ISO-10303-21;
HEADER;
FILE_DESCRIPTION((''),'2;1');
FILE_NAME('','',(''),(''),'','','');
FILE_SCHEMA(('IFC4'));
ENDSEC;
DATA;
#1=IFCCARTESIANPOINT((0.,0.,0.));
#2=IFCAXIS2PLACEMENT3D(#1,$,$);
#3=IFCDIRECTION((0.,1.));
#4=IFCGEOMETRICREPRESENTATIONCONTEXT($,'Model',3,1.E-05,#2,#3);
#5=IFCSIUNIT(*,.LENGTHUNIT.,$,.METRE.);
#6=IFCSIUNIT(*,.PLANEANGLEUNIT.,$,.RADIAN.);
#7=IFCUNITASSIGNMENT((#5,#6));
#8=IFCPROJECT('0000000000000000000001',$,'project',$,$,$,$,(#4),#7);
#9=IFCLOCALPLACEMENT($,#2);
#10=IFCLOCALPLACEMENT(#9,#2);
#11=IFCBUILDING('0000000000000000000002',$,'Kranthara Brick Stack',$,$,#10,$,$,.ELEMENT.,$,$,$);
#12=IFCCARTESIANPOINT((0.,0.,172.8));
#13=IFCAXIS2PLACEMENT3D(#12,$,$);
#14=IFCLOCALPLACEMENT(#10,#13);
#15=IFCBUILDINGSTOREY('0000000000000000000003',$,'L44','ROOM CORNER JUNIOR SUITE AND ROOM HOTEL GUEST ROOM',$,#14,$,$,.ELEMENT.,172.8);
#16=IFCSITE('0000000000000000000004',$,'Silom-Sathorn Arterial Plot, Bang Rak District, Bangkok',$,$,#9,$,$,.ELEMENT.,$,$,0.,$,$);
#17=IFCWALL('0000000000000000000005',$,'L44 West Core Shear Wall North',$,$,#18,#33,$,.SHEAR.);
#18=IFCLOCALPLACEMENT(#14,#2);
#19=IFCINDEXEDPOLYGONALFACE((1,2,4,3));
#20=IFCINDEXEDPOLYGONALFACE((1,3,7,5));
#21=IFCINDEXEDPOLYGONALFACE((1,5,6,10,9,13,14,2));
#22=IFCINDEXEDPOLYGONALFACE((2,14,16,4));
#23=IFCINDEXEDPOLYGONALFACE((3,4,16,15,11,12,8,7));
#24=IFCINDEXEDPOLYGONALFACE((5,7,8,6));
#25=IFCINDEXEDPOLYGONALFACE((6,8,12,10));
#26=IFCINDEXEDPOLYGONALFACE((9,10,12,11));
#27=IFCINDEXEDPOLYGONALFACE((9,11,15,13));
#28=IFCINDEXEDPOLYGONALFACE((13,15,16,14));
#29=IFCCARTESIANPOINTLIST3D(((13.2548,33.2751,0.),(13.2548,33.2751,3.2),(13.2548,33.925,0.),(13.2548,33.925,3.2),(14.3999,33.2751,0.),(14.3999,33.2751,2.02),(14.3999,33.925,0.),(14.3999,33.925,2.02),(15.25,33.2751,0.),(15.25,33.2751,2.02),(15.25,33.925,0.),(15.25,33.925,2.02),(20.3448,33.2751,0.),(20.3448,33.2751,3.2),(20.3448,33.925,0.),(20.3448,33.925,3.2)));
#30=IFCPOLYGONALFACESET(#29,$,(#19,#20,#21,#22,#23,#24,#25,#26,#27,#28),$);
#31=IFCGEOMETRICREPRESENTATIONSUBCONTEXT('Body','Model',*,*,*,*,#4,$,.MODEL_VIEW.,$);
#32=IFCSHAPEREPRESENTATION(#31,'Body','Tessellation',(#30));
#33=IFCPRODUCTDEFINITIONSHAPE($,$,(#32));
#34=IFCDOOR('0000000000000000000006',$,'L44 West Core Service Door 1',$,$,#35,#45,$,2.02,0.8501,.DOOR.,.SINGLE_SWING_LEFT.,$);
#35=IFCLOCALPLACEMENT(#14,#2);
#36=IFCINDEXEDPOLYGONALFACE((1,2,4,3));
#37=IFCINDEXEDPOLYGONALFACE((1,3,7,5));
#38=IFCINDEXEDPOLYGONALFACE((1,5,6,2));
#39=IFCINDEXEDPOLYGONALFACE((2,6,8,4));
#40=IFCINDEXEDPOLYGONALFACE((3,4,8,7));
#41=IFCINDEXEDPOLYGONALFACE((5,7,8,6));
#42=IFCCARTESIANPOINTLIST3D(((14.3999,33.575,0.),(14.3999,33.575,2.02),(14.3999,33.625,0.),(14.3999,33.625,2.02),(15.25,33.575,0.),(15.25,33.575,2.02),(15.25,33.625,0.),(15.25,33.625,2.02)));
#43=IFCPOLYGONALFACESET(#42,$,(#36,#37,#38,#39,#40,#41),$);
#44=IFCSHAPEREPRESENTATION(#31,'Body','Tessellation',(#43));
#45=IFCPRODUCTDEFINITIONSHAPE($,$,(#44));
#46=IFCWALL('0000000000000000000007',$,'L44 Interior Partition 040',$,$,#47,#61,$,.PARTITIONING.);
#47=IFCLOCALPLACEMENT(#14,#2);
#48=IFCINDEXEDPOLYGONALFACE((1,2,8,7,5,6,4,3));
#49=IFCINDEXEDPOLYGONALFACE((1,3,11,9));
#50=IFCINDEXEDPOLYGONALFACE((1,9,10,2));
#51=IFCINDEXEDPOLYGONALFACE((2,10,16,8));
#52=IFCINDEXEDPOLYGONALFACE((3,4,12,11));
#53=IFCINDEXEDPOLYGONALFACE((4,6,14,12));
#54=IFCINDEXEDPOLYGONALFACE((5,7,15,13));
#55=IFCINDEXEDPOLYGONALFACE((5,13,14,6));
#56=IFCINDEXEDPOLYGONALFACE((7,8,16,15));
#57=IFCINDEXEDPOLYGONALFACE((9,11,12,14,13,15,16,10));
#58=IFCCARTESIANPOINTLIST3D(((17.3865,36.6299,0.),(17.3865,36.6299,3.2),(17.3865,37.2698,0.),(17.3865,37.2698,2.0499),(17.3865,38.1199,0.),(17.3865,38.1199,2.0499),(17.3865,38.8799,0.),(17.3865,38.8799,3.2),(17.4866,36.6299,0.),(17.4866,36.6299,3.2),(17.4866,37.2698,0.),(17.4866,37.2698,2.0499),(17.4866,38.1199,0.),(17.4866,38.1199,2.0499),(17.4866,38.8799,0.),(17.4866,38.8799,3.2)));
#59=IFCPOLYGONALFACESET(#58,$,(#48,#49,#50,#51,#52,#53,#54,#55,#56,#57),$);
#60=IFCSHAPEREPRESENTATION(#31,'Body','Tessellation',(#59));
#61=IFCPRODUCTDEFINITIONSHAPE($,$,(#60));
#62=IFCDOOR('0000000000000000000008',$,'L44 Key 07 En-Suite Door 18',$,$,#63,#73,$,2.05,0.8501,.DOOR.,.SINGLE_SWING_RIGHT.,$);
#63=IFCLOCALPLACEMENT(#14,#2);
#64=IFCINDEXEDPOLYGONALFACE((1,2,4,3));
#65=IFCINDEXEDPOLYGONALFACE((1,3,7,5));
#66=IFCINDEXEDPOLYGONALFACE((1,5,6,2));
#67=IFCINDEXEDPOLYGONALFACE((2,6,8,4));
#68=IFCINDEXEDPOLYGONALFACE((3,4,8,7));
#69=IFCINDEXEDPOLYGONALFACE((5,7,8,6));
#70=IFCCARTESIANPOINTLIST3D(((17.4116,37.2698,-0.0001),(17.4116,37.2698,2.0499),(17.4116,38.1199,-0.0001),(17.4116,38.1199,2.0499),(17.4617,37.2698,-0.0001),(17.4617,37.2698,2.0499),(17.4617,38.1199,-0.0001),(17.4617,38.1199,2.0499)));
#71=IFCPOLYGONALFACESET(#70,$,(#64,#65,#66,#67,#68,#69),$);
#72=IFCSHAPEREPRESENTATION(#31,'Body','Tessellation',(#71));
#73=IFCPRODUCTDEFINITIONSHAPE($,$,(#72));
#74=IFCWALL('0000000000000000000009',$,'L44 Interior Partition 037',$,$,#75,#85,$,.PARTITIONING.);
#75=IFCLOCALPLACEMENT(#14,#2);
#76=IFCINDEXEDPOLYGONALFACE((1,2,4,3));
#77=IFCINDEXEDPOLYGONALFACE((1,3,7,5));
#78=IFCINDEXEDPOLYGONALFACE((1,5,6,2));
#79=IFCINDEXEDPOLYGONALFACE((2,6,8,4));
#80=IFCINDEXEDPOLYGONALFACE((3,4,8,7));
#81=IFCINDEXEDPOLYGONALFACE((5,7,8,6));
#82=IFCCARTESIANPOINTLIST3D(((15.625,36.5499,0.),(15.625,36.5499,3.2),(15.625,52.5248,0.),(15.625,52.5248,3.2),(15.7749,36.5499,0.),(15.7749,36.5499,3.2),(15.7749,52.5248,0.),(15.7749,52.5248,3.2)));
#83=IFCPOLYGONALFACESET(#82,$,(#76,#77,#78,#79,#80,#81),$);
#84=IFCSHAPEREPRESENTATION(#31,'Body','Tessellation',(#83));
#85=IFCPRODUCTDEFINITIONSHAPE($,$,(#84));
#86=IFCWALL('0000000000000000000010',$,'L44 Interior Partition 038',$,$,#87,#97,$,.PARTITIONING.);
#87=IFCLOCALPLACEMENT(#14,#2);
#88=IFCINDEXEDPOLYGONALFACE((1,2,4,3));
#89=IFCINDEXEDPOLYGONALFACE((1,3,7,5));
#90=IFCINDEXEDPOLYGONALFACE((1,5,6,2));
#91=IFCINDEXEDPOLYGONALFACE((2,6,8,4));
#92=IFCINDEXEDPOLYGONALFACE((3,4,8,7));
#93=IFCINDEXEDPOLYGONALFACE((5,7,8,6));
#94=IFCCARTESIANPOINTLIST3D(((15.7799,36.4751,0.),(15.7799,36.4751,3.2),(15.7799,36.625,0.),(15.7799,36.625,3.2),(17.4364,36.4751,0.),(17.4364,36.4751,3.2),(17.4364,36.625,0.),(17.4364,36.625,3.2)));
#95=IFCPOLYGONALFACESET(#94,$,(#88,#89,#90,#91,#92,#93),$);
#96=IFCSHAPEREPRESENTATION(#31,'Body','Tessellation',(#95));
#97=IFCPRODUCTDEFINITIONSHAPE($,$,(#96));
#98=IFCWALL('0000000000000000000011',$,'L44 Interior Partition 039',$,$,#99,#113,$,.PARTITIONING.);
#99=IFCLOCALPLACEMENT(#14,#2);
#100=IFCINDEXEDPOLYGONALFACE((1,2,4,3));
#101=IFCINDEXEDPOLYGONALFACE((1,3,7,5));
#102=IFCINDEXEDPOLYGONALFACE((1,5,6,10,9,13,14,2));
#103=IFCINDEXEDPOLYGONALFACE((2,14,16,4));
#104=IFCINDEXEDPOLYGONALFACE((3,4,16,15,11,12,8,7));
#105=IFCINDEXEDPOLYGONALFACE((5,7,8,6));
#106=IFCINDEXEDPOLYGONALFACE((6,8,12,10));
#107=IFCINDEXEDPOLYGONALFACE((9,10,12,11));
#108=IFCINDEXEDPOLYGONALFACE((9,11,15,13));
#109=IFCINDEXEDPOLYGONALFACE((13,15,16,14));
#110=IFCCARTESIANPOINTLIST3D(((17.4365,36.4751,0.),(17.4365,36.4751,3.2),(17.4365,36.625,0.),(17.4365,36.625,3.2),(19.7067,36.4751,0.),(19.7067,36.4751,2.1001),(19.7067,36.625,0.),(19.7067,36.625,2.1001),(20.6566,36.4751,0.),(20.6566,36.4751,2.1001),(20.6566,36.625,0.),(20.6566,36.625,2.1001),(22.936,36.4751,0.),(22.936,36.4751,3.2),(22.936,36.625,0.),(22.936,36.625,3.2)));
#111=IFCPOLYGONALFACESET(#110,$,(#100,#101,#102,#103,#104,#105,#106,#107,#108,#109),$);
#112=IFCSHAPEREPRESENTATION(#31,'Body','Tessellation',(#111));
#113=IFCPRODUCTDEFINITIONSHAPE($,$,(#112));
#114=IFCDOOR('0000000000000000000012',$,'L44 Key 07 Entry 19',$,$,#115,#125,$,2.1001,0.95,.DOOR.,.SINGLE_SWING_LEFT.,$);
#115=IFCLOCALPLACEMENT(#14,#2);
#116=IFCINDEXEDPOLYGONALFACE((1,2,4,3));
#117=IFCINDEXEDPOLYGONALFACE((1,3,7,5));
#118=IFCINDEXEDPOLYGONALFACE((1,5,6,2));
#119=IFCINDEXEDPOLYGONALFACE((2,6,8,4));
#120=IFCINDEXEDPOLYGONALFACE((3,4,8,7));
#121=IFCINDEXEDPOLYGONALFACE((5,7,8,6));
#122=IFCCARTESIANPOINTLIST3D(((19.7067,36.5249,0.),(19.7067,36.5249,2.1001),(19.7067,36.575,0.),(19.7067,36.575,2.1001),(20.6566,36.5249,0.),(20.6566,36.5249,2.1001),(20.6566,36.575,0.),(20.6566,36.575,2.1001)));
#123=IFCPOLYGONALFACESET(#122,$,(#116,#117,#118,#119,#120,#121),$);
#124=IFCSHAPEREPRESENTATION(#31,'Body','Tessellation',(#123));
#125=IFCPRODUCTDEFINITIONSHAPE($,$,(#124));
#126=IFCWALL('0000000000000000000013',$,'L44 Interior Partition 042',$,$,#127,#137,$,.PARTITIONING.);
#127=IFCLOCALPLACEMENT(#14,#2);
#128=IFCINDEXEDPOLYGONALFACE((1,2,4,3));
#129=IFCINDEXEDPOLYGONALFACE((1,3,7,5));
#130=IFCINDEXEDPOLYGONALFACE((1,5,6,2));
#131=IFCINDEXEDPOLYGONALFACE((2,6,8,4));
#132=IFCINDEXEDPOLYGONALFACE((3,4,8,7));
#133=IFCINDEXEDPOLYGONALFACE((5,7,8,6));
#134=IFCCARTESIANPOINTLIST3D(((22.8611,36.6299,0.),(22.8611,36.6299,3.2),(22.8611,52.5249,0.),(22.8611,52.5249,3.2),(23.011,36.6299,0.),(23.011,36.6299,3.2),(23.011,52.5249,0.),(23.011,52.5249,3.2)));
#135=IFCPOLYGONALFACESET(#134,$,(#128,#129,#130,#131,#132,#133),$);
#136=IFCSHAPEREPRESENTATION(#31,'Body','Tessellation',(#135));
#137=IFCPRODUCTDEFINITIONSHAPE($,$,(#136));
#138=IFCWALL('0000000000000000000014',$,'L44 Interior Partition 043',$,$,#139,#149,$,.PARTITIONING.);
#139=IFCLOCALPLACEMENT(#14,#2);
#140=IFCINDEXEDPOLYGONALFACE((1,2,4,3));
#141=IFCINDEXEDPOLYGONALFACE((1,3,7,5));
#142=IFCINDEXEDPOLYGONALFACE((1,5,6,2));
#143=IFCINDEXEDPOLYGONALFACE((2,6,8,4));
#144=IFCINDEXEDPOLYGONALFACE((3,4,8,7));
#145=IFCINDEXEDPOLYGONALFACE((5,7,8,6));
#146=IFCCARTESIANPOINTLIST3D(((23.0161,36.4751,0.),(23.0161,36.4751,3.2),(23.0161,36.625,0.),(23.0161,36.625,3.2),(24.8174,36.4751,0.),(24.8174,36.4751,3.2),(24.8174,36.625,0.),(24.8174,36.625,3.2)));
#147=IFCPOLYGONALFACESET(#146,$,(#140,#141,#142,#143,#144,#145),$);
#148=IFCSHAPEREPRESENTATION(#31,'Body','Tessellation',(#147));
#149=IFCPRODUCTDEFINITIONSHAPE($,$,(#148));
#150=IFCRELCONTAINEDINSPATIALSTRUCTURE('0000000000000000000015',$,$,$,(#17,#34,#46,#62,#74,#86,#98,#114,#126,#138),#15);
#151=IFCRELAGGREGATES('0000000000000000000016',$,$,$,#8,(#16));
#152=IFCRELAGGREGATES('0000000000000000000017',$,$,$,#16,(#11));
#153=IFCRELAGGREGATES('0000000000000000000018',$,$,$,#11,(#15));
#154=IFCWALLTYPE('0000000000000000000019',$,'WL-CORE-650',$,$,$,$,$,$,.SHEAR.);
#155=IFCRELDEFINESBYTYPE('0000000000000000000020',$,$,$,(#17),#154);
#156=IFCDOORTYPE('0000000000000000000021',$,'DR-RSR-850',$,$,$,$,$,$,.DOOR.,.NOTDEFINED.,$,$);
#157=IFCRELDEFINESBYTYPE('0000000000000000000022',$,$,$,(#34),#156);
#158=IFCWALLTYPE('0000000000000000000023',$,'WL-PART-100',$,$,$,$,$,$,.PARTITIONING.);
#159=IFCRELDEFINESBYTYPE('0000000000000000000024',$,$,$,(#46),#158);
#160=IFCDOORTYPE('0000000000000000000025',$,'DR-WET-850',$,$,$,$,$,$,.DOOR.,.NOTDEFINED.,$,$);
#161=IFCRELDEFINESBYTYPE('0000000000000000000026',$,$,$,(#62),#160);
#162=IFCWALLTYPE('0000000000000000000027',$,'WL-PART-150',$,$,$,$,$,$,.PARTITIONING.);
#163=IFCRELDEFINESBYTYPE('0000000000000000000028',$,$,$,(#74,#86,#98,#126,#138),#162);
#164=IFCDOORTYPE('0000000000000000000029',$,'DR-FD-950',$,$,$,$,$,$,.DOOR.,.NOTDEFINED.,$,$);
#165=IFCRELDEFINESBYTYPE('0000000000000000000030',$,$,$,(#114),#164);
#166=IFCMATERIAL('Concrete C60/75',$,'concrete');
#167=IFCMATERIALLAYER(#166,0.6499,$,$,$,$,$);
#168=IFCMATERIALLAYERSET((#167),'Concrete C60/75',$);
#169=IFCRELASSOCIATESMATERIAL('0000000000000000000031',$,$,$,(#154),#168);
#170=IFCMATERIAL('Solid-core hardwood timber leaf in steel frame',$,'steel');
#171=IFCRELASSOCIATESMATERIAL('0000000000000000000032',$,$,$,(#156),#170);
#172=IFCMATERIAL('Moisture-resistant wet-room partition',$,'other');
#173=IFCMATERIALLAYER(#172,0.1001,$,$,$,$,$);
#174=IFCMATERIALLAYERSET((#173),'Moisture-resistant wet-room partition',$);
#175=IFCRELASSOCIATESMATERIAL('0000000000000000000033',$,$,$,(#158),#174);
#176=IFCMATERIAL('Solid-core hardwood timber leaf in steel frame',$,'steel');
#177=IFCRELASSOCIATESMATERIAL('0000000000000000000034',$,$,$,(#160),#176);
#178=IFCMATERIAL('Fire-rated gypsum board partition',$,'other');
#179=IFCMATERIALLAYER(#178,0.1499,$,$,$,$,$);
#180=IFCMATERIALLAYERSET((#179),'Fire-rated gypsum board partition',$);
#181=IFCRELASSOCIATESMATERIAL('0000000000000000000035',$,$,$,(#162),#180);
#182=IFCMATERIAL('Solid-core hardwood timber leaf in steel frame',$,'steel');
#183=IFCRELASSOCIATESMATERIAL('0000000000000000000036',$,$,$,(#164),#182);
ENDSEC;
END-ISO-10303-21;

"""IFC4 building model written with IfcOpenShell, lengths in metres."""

from ifc_helpers import new_model, si_unit, direction, frame, frame_2d, origin, place, context, subcontext, project, spatial, rectangle, extrude, material, layer, layer_set, type_object, element, fill, save


model = new_model("IFC4")

# Units and contexts
model_context = context("Model", 3, precision=1e-05, world=origin(), true_north=direction((0.0, 1.0)))
body_context = subcontext(model_context, "Body", "Model", "MODEL_VIEW")
ifc_project = project(units=[si_unit("LENGTHUNIT", "METRE"), si_unit("PLANEANGLEUNIT", "RADIAN")], contexts=[model_context])

# Site, building, storey
site_placement = place(None, origin())
site = spatial("IfcSite", under=ifc_project, at=site_placement, Name="Silom-Sathorn Arterial Plot, Bang Rak District, Bangkok", CompositionType="ELEMENT", RefElevation=0.0)
building_placement = place(site_placement, origin())
building = spatial("IfcBuilding", under=site, at=building_placement, Name="Kranthara Brick Stack", CompositionType="ELEMENT")
storey_placement = place(building_placement, frame((0.0, 0.0, 172.8)))
storey = spatial("IfcBuildingStorey", under=building, at=storey_placement, Name="L44", Description="ROOM CORNER JUNIOR SUITE AND ROOM HOTEL GUEST ROOM", CompositionType="ELEMENT", Elevation=172.8)

# Walls, openings, doors
ifc_material_1 = material(Name="Concrete C60/75", Category="concrete")
ifc_layer_1 = layer(ifc_material_1, 0.6499)
ifc_layer_set_1 = layer_set([ifc_layer_1], Name="Concrete C60/75")
wall_type_1 = type_object("IfcWallType", Name="WL-CORE-650", PredefinedType="SHEAR", material=ifc_layer_set_1)
wall_1_placement = place(storey_placement, frame((13.2549, 33.6001, 0.0), z_axis=(0.0, 0.0, 1.0), x_axis=(1.0, 0.0, 0.0)))
wall_1 = element("IfcWall", 1, at=wall_1_placement, inside=storey, type_object=wall_type_1, Name="L44 West Core Shear Wall North", PredefinedType="SHEAR", context=body_context, shape_type="SweptSolid", body=[
    extrude(rectangle(XDim=7.0901, YDim=0.6499, at=frame_2d((3.5449, 0.0))), origin(), (0.0, 0.0, 1.0), 3.2),
])
opening_1_placement = place(wall_1_placement, frame((1.145, 0.0, 0.0)))
opening_1 = element("IfcOpeningElement", 2, at=opening_1_placement, cuts=wall_1, PredefinedType="OPENING", context=body_context, shape_type="SweptSolid", body=[
    extrude(rectangle(XDim=0.8501, YDim=2.02, at=frame_2d((0.425, 1.01))), frame((0.0, 0.335, 0.0), z_axis=(0.0, -1.0, 0.0), x_axis=(1.0, 0.0, 0.0)), (0.0, 0.0, 1.0), 0.6699),
])
ifc_material_2 = material(Name="Solid-core hardwood timber leaf in steel frame", Category="steel")
door_type_1 = type_object("IfcDoorType", Name="DR-RSR-850", OperationType="NOTDEFINED", PredefinedType="DOOR", material=ifc_material_2)
door_1_placement = place(opening_1_placement, origin())
door_1 = element("IfcDoor", 3, at=door_1_placement, inside=storey, type_object=door_type_1, Name="L44 West Core Service Door 1", OperationType="SINGLE_SWING_LEFT", OverallHeight=2.02, OverallWidth=0.8501, PredefinedType="DOOR", context=body_context, shape_type="SweptSolid", body=[
    extrude(rectangle(XDim=0.8501, YDim=2.02, at=frame_2d((0.425, 1.01))), frame((0.0, 0.0249, 0.0), z_axis=(0.0, -1.0, 0.0), x_axis=(1.0, 0.0, 0.0)), (0.0, 0.0, 1.0), 0.05),
])
fill(opening_1, door_1)
ifc_material_3 = material(Name="Moisture-resistant wet-room partition", Category="other")
ifc_layer_2 = layer(ifc_material_3, 0.1001)
ifc_layer_set_2 = layer_set([ifc_layer_2], Name="Moisture-resistant wet-room partition")
wall_type_2 = type_object("IfcWallType", Name="WL-PART-100", PredefinedType="PARTITIONING", material=ifc_layer_set_2)
wall_2_placement = place(storey_placement, frame((17.4365, 36.6299, 0.0), z_axis=(0.0, 0.0, 1.0), x_axis=(0.0, 1.0, 0.0)))
wall_2 = element("IfcWall", 4, at=wall_2_placement, inside=storey, type_object=wall_type_2, Name="L44 Interior Partition 040", PredefinedType="PARTITIONING", context=body_context, shape_type="SweptSolid", body=[
    extrude(rectangle(XDim=2.25, YDim=0.1001, at=frame_2d((1.125, 0.0))), origin(), (0.0, 0.0, 1.0), 3.2),
])
opening_2_placement = place(wall_2_placement, frame((0.6399, 0.0, 0.0)))
opening_2 = element("IfcOpeningElement", 5, at=opening_2_placement, cuts=wall_2, PredefinedType="OPENING", context=body_context, shape_type="SweptSolid", body=[
    extrude(rectangle(XDim=0.8501, YDim=2.05, at=frame_2d((0.425, 1.0249))), frame((0.0, 0.0601, 0.0), z_axis=(0.0, -1.0, 0.0), x_axis=(1.0, 0.0, 0.0)), (0.0, 0.0, 1.0), 0.1201),
])
ifc_material_4 = material(Name="Solid-core hardwood timber leaf in steel frame", Category="steel")
door_type_2 = type_object("IfcDoorType", Name="DR-WET-850", OperationType="NOTDEFINED", PredefinedType="DOOR", material=ifc_material_4)
door_2_placement = place(opening_2_placement, origin())
door_2 = element("IfcDoor", 6, at=door_2_placement, inside=storey, type_object=door_type_2, Name="L44 Key 07 En-Suite Door 18", OperationType="SINGLE_SWING_RIGHT", OverallHeight=2.05, OverallWidth=0.8501, PredefinedType="DOOR", context=body_context, shape_type="SweptSolid", body=[
    extrude(rectangle(XDim=0.8501, YDim=2.05, at=frame_2d((0.425, 1.0249))), frame((0.0, 0.0249, 0.0), z_axis=(0.0, -1.0, 0.0), x_axis=(1.0, 0.0, 0.0)), (0.0, 0.0, 1.0), 0.05),
])
fill(opening_2, door_2)

# Walls
ifc_material_5 = material(Name="Fire-rated gypsum board partition", Category="other")
ifc_layer_3 = layer(ifc_material_5, 0.1499)
ifc_layer_set_3 = layer_set([ifc_layer_3], Name="Fire-rated gypsum board partition")
wall_type_3 = type_object("IfcWallType", Name="WL-PART-150", PredefinedType="PARTITIONING", material=ifc_layer_set_3)
wall_3_placement = place(storey_placement, frame((15.7, 36.55, 0.0), z_axis=(0.0, 0.0, 1.0), x_axis=(0.0, 1.0, 0.0)))
element("IfcWall", 7, at=wall_3_placement, inside=storey, type_object=wall_type_3, Name="L44 Interior Partition 037", PredefinedType="PARTITIONING", context=body_context, shape_type="SweptSolid", body=[
    extrude(rectangle(XDim=15.9749, YDim=0.1499, at=frame_2d((7.9873, 0.0))), origin(), (0.0, 0.0, 1.0), 3.2),
])
wall_4_placement = place(storey_placement, frame((15.78, 36.55, 0.0), z_axis=(0.0, 0.0, 1.0), x_axis=(1.0, 0.0, 0.0)))
element("IfcWall", 8, at=wall_4_placement, inside=storey, type_object=wall_type_3, Name="L44 Interior Partition 038", PredefinedType="PARTITIONING", context=body_context, shape_type="SweptSolid", body=[
    extrude(rectangle(XDim=1.6565, YDim=0.1499, at=frame_2d((0.8281, 0.0))), origin(), (0.0, 0.0, 1.0), 3.2),
])

# Wall, opening, door
wall_5_placement = place(storey_placement, frame((17.4365, 36.55, 0.0), z_axis=(0.0, 0.0, 1.0), x_axis=(1.0, 0.0, 0.0)))
wall_5 = element("IfcWall", 9, at=wall_5_placement, inside=storey, type_object=wall_type_3, Name="L44 Interior Partition 039", PredefinedType="PARTITIONING", context=body_context, shape_type="SweptSolid", body=[
    extrude(rectangle(XDim=5.4995, YDim=0.1499, at=frame_2d((2.7498, 0.0))), origin(), (0.0, 0.0, 1.0), 3.2),
])
opening_3_placement = place(wall_5_placement, frame((2.27, 0.0, 0.0)))
opening_3 = element("IfcOpeningElement", 10, at=opening_3_placement, cuts=wall_5, PredefinedType="OPENING", context=body_context, shape_type="SweptSolid", body=[
    extrude(rectangle(XDim=0.95, YDim=2.1001, at=frame_2d((0.4751, 1.05))), frame((0.0, 0.085, 0.0), z_axis=(0.0, -1.0, 0.0), x_axis=(1.0, 0.0, 0.0)), (0.0, 0.0, 1.0), 0.1699),
])
ifc_material_6 = material(Name="Solid-core hardwood timber leaf in steel frame", Category="steel")
door_type_3 = type_object("IfcDoorType", Name="DR-FD-950", OperationType="NOTDEFINED", PredefinedType="DOOR", material=ifc_material_6)
door_3_placement = place(opening_3_placement, origin())
door_3 = element("IfcDoor", 11, at=door_3_placement, inside=storey, type_object=door_type_3, Name="L44 Key 07 Entry 19", OperationType="SINGLE_SWING_LEFT", OverallHeight=2.1001, OverallWidth=0.95, PredefinedType="DOOR", context=body_context, shape_type="SweptSolid", body=[
    extrude(rectangle(XDim=0.95, YDim=2.1001, at=frame_2d((0.4751, 1.05))), frame((0.0, 0.0249, 0.0), z_axis=(0.0, -1.0, 0.0), x_axis=(1.0, 0.0, 0.0)), (0.0, 0.0, 1.0), 0.05),
])
fill(opening_3, door_3)

# Walls
wall_6_placement = place(storey_placement, frame((22.936, 36.6299, 0.0), z_axis=(0.0, 0.0, 1.0), x_axis=(0.0, 1.0, 0.0)))
element("IfcWall", 12, at=wall_6_placement, inside=storey, type_object=wall_type_3, Name="L44 Interior Partition 042", PredefinedType="PARTITIONING", context=body_context, shape_type="SweptSolid", body=[
    extrude(rectangle(XDim=15.895, YDim=0.1499, at=frame_2d((7.9475, 0.0))), origin(), (0.0, 0.0, 1.0), 3.2),
])
wall_7_placement = place(storey_placement, frame((23.0161, 36.55, 0.0), z_axis=(0.0, 0.0, 1.0), x_axis=(1.0, 0.0, 0.0)))
element("IfcWall", 13, at=wall_7_placement, inside=storey, type_object=wall_type_3, Name="L44 Interior Partition 043", PredefinedType="PARTITIONING", context=body_context, shape_type="SweptSolid", body=[
    extrude(rectangle(XDim=1.8013, YDim=0.1499, at=frame_2d((0.9006, 0.0))), origin(), (0.0, 0.0, 1.0), 3.2),
])

save(model, "model.ifc")
